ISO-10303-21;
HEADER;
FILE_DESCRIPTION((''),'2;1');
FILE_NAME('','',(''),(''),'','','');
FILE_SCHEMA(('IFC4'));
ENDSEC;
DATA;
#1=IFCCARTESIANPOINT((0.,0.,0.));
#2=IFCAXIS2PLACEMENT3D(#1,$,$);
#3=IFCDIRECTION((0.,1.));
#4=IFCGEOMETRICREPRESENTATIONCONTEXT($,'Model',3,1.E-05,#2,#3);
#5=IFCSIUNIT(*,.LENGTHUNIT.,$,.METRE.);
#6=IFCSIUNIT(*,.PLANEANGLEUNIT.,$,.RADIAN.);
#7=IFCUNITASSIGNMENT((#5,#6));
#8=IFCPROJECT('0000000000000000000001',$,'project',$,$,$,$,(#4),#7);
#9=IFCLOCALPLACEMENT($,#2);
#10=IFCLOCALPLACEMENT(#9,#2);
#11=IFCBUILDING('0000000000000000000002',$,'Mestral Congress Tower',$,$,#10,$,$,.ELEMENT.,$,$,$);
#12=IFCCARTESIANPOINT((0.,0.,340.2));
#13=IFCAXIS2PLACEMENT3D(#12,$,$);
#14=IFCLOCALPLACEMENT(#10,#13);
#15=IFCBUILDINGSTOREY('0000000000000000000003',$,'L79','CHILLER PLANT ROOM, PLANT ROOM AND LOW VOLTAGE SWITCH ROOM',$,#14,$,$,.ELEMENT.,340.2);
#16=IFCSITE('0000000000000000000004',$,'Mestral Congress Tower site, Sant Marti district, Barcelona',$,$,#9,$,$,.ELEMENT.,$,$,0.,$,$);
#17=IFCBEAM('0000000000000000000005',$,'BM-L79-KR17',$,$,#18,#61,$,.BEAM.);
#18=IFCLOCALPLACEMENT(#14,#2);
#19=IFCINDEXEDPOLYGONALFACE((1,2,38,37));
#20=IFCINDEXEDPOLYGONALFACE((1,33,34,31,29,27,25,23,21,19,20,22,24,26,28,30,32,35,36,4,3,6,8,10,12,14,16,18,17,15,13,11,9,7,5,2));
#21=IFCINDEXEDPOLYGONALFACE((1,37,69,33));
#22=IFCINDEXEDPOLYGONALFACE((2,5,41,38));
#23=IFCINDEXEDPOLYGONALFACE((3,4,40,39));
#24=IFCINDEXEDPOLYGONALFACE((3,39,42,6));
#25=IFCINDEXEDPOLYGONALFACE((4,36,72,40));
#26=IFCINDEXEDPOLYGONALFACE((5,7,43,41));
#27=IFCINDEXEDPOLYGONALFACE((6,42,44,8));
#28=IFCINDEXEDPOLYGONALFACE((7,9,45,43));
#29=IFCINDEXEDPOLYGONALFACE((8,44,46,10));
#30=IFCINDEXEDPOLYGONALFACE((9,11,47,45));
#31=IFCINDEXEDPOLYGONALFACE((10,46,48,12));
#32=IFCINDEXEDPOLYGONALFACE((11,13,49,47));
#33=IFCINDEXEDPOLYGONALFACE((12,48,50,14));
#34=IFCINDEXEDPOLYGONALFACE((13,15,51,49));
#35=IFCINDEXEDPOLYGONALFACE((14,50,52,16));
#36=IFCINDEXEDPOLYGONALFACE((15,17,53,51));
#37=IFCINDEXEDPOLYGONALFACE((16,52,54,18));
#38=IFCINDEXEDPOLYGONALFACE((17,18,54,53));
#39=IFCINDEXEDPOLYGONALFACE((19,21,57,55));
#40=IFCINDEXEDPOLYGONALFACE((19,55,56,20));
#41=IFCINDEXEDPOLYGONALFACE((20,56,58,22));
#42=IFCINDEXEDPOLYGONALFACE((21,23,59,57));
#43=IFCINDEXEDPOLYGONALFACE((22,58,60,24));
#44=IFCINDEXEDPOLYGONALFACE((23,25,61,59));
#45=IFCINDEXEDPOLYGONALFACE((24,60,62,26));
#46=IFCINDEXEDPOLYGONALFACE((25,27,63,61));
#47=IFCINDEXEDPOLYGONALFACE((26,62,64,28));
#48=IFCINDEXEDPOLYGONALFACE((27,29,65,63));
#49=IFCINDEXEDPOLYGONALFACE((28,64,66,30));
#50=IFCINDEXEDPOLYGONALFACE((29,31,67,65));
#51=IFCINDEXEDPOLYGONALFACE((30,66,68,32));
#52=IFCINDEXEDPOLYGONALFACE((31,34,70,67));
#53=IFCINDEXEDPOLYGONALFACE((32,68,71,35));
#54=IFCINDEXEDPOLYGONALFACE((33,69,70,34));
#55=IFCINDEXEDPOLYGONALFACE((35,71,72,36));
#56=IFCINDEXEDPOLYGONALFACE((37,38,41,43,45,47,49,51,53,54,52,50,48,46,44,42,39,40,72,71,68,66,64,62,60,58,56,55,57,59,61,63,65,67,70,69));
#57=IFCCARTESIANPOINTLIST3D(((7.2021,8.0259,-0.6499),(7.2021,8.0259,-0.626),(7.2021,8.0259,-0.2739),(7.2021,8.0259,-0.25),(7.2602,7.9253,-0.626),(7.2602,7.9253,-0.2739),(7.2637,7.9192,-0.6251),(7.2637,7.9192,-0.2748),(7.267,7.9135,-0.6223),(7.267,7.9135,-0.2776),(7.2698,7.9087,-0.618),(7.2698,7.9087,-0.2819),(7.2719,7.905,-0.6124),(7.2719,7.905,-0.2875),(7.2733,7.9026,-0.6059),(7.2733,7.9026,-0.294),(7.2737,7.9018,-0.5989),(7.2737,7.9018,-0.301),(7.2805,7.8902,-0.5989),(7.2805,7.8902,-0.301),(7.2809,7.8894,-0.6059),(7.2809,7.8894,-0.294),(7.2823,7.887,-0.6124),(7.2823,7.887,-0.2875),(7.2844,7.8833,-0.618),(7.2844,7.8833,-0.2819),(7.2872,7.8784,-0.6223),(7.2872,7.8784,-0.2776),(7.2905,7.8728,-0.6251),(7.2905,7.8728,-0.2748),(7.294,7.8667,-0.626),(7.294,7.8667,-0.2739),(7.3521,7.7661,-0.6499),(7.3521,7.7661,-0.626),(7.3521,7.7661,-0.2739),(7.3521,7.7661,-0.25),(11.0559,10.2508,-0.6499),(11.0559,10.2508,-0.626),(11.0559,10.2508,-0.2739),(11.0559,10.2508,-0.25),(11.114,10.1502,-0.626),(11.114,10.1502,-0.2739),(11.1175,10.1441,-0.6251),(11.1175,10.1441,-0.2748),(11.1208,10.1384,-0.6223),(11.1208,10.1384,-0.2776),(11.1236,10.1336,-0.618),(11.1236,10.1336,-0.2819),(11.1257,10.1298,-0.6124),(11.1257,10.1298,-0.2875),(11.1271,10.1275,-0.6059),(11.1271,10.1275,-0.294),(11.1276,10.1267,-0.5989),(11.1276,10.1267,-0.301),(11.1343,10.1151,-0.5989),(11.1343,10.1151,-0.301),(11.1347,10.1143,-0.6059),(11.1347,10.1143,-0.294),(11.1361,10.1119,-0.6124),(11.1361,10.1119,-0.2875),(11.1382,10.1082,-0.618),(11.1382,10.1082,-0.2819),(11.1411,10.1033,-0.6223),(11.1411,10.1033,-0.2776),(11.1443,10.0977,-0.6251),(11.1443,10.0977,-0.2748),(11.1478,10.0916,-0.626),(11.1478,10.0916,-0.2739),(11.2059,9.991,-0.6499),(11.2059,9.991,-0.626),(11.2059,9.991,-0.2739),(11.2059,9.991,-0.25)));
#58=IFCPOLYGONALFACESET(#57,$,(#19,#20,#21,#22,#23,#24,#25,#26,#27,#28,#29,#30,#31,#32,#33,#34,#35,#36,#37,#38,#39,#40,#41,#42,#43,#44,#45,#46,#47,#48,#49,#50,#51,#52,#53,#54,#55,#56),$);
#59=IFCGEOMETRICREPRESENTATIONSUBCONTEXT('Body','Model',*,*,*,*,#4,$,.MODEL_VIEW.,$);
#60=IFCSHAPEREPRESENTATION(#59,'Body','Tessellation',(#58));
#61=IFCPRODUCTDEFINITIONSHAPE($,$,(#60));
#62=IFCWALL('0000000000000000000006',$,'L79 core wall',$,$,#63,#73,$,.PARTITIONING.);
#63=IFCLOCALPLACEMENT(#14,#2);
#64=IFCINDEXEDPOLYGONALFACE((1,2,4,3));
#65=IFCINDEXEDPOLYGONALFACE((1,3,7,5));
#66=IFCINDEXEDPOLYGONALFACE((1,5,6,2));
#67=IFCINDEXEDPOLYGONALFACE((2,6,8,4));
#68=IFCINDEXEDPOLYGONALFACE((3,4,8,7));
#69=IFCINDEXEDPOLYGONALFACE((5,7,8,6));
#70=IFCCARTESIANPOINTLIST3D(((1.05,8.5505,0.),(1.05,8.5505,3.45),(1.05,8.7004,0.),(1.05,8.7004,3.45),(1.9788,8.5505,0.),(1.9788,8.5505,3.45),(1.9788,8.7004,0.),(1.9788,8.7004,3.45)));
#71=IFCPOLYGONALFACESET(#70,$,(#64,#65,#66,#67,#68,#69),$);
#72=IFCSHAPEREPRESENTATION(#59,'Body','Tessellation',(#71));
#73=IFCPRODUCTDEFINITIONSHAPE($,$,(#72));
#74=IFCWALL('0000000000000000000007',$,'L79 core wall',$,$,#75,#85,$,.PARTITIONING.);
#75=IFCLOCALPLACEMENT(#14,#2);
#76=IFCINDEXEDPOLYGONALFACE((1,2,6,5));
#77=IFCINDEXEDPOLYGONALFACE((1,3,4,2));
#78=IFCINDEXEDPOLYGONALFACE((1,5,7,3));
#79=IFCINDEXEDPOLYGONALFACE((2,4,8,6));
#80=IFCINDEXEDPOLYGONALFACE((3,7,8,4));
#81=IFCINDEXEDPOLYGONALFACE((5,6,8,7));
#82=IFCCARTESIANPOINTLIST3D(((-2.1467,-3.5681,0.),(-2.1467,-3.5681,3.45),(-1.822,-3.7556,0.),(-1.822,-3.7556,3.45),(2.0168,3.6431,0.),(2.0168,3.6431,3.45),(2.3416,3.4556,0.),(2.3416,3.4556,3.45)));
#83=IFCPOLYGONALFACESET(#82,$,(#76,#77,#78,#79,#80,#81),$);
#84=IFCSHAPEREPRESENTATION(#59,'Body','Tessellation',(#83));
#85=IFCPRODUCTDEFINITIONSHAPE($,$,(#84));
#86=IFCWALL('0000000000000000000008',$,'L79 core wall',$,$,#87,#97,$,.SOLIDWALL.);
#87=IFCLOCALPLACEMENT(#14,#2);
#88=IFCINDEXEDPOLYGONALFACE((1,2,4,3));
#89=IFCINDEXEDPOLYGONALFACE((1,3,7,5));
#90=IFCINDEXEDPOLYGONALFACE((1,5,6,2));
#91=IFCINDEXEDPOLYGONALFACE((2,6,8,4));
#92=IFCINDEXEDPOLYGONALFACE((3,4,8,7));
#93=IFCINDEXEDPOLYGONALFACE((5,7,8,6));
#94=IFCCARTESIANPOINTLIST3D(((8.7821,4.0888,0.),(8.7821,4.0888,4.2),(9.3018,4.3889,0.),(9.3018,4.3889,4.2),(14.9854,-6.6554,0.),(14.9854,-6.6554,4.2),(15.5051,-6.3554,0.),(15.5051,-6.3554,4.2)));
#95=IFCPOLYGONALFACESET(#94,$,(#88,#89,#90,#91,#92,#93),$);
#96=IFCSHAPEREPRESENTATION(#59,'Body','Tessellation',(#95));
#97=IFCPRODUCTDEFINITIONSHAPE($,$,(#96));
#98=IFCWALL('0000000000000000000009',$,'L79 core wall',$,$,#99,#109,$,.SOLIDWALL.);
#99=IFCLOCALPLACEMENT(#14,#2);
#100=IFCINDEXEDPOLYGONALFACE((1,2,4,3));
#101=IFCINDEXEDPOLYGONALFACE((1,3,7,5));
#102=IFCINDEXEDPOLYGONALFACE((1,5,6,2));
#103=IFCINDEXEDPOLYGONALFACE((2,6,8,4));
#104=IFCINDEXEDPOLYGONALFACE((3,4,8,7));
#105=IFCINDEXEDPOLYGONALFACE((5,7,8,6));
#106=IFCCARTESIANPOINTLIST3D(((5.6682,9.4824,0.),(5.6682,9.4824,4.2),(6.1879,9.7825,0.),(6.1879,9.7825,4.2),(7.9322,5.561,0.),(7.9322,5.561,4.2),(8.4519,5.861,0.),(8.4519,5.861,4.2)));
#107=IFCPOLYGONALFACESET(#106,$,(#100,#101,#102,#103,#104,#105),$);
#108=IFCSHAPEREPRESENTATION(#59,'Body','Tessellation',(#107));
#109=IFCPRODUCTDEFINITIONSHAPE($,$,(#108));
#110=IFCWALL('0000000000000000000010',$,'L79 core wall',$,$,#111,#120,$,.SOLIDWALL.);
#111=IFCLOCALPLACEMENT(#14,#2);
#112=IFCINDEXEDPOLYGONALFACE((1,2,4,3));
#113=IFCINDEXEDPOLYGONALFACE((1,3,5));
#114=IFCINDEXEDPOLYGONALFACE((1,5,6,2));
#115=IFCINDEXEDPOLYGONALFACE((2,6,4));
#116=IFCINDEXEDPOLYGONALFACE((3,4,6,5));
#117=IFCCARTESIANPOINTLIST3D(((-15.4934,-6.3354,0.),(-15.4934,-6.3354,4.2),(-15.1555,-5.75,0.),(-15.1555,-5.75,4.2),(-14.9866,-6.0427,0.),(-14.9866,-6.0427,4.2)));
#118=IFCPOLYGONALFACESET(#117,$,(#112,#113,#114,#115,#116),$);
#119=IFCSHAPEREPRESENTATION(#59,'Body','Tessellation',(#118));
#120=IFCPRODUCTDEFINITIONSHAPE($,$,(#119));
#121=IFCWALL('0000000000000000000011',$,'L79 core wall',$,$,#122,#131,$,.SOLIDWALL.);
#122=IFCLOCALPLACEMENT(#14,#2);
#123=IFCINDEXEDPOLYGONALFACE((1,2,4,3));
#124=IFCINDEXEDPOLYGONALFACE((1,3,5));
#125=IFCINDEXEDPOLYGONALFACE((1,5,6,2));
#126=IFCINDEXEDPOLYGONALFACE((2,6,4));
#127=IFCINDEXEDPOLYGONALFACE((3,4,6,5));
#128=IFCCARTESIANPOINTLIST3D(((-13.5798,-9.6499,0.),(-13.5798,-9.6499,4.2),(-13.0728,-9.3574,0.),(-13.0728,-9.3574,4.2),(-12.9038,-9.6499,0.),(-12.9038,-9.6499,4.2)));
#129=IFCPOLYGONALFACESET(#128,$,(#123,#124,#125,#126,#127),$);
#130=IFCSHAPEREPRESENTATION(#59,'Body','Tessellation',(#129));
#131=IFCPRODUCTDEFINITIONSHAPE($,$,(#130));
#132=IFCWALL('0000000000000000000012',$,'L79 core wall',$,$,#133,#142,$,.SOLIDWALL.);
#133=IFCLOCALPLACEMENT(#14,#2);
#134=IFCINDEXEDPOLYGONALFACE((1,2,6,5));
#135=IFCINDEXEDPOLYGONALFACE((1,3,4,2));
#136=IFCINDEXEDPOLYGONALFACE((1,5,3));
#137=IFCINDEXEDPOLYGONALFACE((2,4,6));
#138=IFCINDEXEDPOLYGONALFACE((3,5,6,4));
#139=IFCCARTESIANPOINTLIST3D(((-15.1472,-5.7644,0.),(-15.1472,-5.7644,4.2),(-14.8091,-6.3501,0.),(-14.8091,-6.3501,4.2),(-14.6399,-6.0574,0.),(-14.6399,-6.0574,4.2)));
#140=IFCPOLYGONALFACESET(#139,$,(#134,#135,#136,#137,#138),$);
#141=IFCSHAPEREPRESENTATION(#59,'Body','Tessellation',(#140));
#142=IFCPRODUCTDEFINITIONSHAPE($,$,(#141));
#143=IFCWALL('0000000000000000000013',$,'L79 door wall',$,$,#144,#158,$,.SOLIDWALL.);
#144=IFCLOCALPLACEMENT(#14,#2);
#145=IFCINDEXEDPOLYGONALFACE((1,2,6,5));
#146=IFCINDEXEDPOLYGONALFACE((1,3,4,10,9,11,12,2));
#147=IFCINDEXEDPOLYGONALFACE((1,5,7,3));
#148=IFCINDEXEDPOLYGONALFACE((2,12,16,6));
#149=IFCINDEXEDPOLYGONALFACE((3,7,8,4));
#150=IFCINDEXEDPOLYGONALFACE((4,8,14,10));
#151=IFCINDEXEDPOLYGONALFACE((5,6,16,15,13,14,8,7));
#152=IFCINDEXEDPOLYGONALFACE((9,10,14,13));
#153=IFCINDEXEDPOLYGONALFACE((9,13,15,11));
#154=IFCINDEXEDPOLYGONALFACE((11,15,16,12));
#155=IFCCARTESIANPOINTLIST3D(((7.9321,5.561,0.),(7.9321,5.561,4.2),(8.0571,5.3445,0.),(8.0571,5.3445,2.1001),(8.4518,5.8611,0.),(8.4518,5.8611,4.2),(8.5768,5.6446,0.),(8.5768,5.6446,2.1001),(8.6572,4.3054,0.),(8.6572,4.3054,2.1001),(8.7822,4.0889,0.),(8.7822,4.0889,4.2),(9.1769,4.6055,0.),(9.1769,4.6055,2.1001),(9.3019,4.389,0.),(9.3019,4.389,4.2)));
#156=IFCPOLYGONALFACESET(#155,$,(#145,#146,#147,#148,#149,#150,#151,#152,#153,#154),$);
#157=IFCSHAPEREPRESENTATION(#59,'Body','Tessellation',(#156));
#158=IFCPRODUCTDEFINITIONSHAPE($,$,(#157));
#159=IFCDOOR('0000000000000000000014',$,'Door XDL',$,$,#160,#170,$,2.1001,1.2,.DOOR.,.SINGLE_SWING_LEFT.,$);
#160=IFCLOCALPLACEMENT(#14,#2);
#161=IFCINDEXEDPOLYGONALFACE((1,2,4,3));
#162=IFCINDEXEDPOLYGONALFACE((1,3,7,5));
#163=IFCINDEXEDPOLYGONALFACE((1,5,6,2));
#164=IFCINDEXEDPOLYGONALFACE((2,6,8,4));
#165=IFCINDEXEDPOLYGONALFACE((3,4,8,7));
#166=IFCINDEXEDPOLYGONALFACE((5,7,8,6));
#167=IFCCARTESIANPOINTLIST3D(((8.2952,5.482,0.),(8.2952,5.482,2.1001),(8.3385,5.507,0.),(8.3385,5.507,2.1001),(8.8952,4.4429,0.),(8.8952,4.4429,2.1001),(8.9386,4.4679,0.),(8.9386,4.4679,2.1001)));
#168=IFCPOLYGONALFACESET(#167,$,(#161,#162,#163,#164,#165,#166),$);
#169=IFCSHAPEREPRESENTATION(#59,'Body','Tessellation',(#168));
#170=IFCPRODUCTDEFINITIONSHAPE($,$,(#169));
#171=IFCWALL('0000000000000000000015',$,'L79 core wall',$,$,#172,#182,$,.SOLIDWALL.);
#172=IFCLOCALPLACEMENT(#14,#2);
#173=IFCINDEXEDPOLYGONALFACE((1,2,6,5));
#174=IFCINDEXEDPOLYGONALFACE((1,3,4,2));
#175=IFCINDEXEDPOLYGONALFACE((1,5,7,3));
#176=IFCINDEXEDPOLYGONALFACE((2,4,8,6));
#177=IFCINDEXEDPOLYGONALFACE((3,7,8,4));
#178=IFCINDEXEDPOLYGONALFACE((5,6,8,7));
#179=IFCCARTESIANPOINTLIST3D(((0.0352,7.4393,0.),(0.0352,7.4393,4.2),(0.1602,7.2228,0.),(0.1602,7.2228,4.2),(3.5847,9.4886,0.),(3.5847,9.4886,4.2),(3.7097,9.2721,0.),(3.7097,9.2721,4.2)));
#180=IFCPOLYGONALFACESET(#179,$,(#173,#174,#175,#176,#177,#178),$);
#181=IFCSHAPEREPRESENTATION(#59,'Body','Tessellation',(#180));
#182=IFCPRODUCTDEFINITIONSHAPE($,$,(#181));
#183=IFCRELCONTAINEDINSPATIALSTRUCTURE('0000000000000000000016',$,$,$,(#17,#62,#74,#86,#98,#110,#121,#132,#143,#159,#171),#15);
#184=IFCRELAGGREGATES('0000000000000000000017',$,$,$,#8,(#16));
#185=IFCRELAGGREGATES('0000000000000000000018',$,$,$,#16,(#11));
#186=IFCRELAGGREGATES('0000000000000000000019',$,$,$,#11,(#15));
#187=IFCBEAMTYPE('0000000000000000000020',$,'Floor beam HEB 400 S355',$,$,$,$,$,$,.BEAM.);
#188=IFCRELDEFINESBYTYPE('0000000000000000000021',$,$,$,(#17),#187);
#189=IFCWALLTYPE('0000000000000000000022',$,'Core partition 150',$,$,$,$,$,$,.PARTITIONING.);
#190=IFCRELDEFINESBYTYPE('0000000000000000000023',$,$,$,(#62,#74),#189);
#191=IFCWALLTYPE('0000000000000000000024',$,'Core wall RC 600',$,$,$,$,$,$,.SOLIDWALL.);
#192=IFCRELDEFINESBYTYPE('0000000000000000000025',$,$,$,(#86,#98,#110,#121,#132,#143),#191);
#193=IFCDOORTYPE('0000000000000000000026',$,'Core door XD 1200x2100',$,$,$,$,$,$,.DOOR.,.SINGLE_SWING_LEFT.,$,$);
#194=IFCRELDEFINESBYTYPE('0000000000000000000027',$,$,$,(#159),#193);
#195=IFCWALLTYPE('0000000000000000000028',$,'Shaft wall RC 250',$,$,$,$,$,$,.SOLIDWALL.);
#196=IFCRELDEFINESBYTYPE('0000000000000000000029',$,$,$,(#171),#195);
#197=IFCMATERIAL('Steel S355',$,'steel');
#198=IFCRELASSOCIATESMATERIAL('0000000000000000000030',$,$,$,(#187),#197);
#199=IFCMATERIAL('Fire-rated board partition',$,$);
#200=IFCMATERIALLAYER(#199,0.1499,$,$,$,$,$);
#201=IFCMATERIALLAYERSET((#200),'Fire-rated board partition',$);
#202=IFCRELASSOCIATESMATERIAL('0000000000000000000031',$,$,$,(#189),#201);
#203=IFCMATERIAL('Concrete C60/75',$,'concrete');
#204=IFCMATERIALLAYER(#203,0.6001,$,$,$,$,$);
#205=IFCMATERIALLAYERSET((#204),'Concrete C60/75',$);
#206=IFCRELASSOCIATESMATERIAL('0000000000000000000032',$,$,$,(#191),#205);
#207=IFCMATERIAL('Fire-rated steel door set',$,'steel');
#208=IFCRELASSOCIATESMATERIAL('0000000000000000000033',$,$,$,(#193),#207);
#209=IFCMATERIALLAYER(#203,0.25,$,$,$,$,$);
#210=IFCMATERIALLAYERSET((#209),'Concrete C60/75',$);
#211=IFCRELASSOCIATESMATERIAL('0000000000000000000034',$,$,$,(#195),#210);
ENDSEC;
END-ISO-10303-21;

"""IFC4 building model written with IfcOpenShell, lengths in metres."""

from ifc_helpers import new_model, si_unit, direction, frame, frame_2d, origin, origin_2d, place, context, subcontext, project, spatial, polyline, rectangle, i_section, outline, extrude, material, layer, layer_set, material_profile, profile_set, type_object, element, fill, save


model = new_model("IFC4")

# Units and contexts
model_context = context("Model", 3, precision=1e-05, world=origin(), true_north=direction((0.0, 1.0)))
body_context = subcontext(model_context, "Body", "Model", "MODEL_VIEW")
ifc_project = project(units=[si_unit("LENGTHUNIT", "METRE"), si_unit("PLANEANGLEUNIT", "RADIAN")], contexts=[model_context])

# Site, building, storey
site_placement = place(None, origin())
site = spatial("IfcSite", under=ifc_project, at=site_placement, Name="Mestral Congress Tower site, Sant Marti district, Barcelona", CompositionType="ELEMENT", RefElevation=0.0)
building_placement = place(site_placement, origin())
building = spatial("IfcBuilding", under=site, at=building_placement, Name="Mestral Congress Tower", CompositionType="ELEMENT")
storey_placement = place(building_placement, frame((0.0, 0.0, 340.2)))
storey = spatial("IfcBuildingStorey", under=building, at=storey_placement, Name="L79", Description="CHILLER PLANT ROOM, PLANT ROOM AND LOW VOLTAGE SWITCH ROOM", CompositionType="ELEMENT", Elevation=340.2)

# Beam
ifc_material_1 = material(Name="Steel S355", Category="steel")
ifc_material_profile = material_profile(ifc_material_1, i_section(OverallWidth=0.3, OverallDepth=0.3999, WebThickness=0.0134, FlangeThickness=0.0239, FilletRadius=0.0271, at=origin_2d()), Name="HEB 400")
ifc_profile_set = profile_set([ifc_material_profile], Name="Steel S355")
beam_type = type_object("IfcBeamType", Name="Floor beam HEB 400 S355", PredefinedType="BEAM", material=ifc_profile_set)
beam_placement = place(storey_placement, frame((7.2771, 7.896, -0.45), z_axis=(0.866037, 0.49998, 0.0), x_axis=(-0.49998, 0.866037, 0.0)))
element("IfcBeam", 1, at=beam_placement, inside=storey, type_object=beam_type, Name="BM-L79-KR17", PredefinedType="BEAM", context=body_context, shape_type="SweptSolid", body=[
    extrude(i_section(OverallWidth=0.3, OverallDepth=0.3999, WebThickness=0.0134, FlangeThickness=0.0239, FilletRadius=0.0271, at=origin_2d()), origin(), (0.0, 0.0, 1.0), 4.45),
])

# Walls
ifc_material_2 = material(Name="Fire-rated board partition")
ifc_layer_1 = layer(ifc_material_2, 0.1499)
ifc_layer_set_1 = layer_set([ifc_layer_1], Name="Fire-rated board partition")
wall_type_1 = type_object("IfcWallType", Name="Core partition 150", PredefinedType="PARTITIONING", material=ifc_layer_set_1)
wall_1_placement = place(storey_placement, frame((1.05, 8.6255, 0.0), z_axis=(0.0, 0.0, 1.0), x_axis=(1.0, 0.0, 0.0)))
element("IfcWall", 2, at=wall_1_placement, inside=storey, type_object=wall_type_1, Name="L79 core wall", PredefinedType="PARTITIONING", context=body_context, shape_type="SweptSolid", body=[
    extrude(rectangle(XDim=0.9287, YDim=0.1499, at=frame_2d((0.4644, 0.0))), origin(), (0.0, 0.0, 1.0), 3.45),
])
placement = place(storey_placement, origin())
element("IfcWall", 3, at=placement, inside=storey, type_object=wall_type_1, Name="L79 core wall", PredefinedType="PARTITIONING", context=body_context, shape_type="SweptSolid", body=[
    extrude(outline(polyline([(2.0168, 3.6431), (2.3416, 3.4556), (-1.822, -3.7556), (-2.1467, -3.5681), (2.0168, 3.6431)])), origin(), (0.0, 0.0, 1.0), 3.45),
])
ifc_material_3 = material(Name="Concrete C60/75", Category="concrete")
ifc_layer_2 = layer(ifc_material_3, 0.6001)
ifc_layer_set_2 = layer_set([ifc_layer_2], Name="Concrete C60/75")
wall_type_2 = type_object("IfcWallType", Name="Core wall RC 600", PredefinedType="SOLIDWALL", material=ifc_layer_set_2)
wall_2_placement = place(storey_placement, frame((9.042, 4.2388, 0.0), z_axis=(0.0, 0.0, 1.0), x_axis=(0.500006, -0.866022, 0.0)))
element("IfcWall", 4, at=wall_2_placement, inside=storey, type_object=wall_type_2, Name="L79 core wall", PredefinedType="SOLIDWALL", context=body_context, shape_type="SweptSolid", body=[
    extrude(rectangle(XDim=12.4065, YDim=0.6001, at=frame_2d((6.2031, 0.0))), origin(), (0.0, 0.0, 1.0), 4.2),
])
wall_3_placement = place(storey_placement, frame((5.928, 9.6326, 0.0), z_axis=(0.0, 0.0, 1.0), x_axis=(0.499984, -0.866035, 0.0)))
element("IfcWall", 5, at=wall_3_placement, inside=storey, type_object=wall_type_2, Name="L79 core wall", PredefinedType="SOLIDWALL", context=body_context, shape_type="SweptSolid", body=[
    extrude(rectangle(XDim=4.5281, YDim=0.6001, at=frame_2d((2.2642, 0.0))), origin(), (0.0, 0.0, 1.0), 4.2),
])
element("IfcWall", 6, at=placement, inside=storey, type_object=wall_type_2, Name="L79 core wall", PredefinedType="SOLIDWALL", context=body_context, shape_type="SweptSolid", body=[
    extrude(outline(polyline([(-14.9866, -6.0427), (-15.4934, -6.3354), (-15.1555, -5.75), (-14.9866, -6.0427)])), origin(), (0.0, 0.0, 1.0), 4.2),
])
element("IfcWall", 7, at=placement, inside=storey, type_object=wall_type_2, Name="L79 core wall", PredefinedType="SOLIDWALL", context=body_context, shape_type="SweptSolid", body=[
    extrude(outline(polyline([(-12.9038, -9.6499), (-13.5798, -9.6499), (-13.0728, -9.3574), (-12.9038, -9.6499)])), origin(), (0.0, 0.0, 1.0), 4.2),
])
element("IfcWall", 8, at=placement, inside=storey, type_object=wall_type_2, Name="L79 core wall", PredefinedType="SOLIDWALL", context=body_context, shape_type="SweptSolid", body=[
    extrude(outline(polyline([(-14.8091, -6.3501), (-15.1472, -5.7644), (-14.6399, -6.0574), (-14.8091, -6.3501)])), origin(), (0.0, 0.0, 1.0), 4.2),
])

# Wall, opening, door
wall_4_placement = place(storey_placement, frame((8.1919, 5.7112, 0.0), z_axis=(0.0, 0.0, 1.0), x_axis=(0.500062, -0.865989, 0.0)))
wall_4 = element("IfcWall", 9, at=wall_4_placement, inside=storey, type_object=wall_type_2, Name="L79 door wall", PredefinedType="SOLIDWALL", context=body_context, shape_type="SweptSolid", body=[
    extrude(rectangle(XDim=1.7, YDim=0.6001, at=frame_2d((0.8501, 0.0))), origin(), (0.0, 0.0, 1.0), 4.2),
])
opening_1_placement = place(wall_4_placement, frame((0.25, 0.0, 0.0)))
opening_1 = element("IfcOpeningElement", 10, at=opening_1_placement, cuts=wall_4, PredefinedType="OPENING", context=body_context, shape_type="SweptSolid", body=[
    extrude(rectangle(XDim=1.2, YDim=2.1001, at=frame_2d((0.6001, 1.05))), frame((0.0, 0.3101, 0.0), z_axis=(0.0, -1.0, 0.0), x_axis=(1.0, 0.0, 0.0)), (0.0, 0.0, 1.0), 0.6201),
])
ifc_material_4 = material(Name="Fire-rated steel door set", Category="steel")
door_type_1 = type_object("IfcDoorType", Name="Core door XD 1200x2100", OperationType="SINGLE_SWING_LEFT", PredefinedType="DOOR", material=ifc_material_4)
door_1_placement = place(opening_1_placement, origin())
door_1 = element("IfcDoor", 11, at=door_1_placement, inside=storey, type_object=door_type_1, Name="Door XDL", OperationType="SINGLE_SWING_LEFT", OverallHeight=2.1001, OverallWidth=1.2, PredefinedType="DOOR", context=body_context, shape_type="SweptSolid", body=[
    extrude(rectangle(XDim=1.2, YDim=2.1001, at=frame_2d((0.6001, 1.05))), frame((0.0, 0.0249, 0.0), z_axis=(0.0, -1.0, 0.0), x_axis=(1.0, 0.0, 0.0)), (0.0, 0.0, 1.0), 0.05),
])
fill(opening_1, door_1)

# Wall
ifc_layer_3 = layer(ifc_material_3, 0.25)
ifc_layer_set_3 = layer_set([ifc_layer_3], Name="Concrete C60/75")
wall_type_3 = type_object("IfcWallType", Name="Shaft wall RC 250", PredefinedType="SOLIDWALL", material=ifc_layer_set_3)
wall_5_placement = place(storey_placement, frame((3.6472, 9.3804, 0.0), z_axis=(0.0, 0.0, 1.0), x_axis=(-0.866028, -0.499996, 0.0)))
element("IfcWall", 12, at=wall_5_placement, inside=storey, type_object=wall_type_3, Name="L79 core wall", PredefinedType="SOLIDWALL", context=body_context, shape_type="SweptSolid", body=[
    extrude(rectangle(XDim=4.0986, YDim=0.25, at=frame_2d((2.0493, 0.0))), origin(), (0.0, 0.0, 1.0), 4.2),
])

save(model, "model.ifc")
